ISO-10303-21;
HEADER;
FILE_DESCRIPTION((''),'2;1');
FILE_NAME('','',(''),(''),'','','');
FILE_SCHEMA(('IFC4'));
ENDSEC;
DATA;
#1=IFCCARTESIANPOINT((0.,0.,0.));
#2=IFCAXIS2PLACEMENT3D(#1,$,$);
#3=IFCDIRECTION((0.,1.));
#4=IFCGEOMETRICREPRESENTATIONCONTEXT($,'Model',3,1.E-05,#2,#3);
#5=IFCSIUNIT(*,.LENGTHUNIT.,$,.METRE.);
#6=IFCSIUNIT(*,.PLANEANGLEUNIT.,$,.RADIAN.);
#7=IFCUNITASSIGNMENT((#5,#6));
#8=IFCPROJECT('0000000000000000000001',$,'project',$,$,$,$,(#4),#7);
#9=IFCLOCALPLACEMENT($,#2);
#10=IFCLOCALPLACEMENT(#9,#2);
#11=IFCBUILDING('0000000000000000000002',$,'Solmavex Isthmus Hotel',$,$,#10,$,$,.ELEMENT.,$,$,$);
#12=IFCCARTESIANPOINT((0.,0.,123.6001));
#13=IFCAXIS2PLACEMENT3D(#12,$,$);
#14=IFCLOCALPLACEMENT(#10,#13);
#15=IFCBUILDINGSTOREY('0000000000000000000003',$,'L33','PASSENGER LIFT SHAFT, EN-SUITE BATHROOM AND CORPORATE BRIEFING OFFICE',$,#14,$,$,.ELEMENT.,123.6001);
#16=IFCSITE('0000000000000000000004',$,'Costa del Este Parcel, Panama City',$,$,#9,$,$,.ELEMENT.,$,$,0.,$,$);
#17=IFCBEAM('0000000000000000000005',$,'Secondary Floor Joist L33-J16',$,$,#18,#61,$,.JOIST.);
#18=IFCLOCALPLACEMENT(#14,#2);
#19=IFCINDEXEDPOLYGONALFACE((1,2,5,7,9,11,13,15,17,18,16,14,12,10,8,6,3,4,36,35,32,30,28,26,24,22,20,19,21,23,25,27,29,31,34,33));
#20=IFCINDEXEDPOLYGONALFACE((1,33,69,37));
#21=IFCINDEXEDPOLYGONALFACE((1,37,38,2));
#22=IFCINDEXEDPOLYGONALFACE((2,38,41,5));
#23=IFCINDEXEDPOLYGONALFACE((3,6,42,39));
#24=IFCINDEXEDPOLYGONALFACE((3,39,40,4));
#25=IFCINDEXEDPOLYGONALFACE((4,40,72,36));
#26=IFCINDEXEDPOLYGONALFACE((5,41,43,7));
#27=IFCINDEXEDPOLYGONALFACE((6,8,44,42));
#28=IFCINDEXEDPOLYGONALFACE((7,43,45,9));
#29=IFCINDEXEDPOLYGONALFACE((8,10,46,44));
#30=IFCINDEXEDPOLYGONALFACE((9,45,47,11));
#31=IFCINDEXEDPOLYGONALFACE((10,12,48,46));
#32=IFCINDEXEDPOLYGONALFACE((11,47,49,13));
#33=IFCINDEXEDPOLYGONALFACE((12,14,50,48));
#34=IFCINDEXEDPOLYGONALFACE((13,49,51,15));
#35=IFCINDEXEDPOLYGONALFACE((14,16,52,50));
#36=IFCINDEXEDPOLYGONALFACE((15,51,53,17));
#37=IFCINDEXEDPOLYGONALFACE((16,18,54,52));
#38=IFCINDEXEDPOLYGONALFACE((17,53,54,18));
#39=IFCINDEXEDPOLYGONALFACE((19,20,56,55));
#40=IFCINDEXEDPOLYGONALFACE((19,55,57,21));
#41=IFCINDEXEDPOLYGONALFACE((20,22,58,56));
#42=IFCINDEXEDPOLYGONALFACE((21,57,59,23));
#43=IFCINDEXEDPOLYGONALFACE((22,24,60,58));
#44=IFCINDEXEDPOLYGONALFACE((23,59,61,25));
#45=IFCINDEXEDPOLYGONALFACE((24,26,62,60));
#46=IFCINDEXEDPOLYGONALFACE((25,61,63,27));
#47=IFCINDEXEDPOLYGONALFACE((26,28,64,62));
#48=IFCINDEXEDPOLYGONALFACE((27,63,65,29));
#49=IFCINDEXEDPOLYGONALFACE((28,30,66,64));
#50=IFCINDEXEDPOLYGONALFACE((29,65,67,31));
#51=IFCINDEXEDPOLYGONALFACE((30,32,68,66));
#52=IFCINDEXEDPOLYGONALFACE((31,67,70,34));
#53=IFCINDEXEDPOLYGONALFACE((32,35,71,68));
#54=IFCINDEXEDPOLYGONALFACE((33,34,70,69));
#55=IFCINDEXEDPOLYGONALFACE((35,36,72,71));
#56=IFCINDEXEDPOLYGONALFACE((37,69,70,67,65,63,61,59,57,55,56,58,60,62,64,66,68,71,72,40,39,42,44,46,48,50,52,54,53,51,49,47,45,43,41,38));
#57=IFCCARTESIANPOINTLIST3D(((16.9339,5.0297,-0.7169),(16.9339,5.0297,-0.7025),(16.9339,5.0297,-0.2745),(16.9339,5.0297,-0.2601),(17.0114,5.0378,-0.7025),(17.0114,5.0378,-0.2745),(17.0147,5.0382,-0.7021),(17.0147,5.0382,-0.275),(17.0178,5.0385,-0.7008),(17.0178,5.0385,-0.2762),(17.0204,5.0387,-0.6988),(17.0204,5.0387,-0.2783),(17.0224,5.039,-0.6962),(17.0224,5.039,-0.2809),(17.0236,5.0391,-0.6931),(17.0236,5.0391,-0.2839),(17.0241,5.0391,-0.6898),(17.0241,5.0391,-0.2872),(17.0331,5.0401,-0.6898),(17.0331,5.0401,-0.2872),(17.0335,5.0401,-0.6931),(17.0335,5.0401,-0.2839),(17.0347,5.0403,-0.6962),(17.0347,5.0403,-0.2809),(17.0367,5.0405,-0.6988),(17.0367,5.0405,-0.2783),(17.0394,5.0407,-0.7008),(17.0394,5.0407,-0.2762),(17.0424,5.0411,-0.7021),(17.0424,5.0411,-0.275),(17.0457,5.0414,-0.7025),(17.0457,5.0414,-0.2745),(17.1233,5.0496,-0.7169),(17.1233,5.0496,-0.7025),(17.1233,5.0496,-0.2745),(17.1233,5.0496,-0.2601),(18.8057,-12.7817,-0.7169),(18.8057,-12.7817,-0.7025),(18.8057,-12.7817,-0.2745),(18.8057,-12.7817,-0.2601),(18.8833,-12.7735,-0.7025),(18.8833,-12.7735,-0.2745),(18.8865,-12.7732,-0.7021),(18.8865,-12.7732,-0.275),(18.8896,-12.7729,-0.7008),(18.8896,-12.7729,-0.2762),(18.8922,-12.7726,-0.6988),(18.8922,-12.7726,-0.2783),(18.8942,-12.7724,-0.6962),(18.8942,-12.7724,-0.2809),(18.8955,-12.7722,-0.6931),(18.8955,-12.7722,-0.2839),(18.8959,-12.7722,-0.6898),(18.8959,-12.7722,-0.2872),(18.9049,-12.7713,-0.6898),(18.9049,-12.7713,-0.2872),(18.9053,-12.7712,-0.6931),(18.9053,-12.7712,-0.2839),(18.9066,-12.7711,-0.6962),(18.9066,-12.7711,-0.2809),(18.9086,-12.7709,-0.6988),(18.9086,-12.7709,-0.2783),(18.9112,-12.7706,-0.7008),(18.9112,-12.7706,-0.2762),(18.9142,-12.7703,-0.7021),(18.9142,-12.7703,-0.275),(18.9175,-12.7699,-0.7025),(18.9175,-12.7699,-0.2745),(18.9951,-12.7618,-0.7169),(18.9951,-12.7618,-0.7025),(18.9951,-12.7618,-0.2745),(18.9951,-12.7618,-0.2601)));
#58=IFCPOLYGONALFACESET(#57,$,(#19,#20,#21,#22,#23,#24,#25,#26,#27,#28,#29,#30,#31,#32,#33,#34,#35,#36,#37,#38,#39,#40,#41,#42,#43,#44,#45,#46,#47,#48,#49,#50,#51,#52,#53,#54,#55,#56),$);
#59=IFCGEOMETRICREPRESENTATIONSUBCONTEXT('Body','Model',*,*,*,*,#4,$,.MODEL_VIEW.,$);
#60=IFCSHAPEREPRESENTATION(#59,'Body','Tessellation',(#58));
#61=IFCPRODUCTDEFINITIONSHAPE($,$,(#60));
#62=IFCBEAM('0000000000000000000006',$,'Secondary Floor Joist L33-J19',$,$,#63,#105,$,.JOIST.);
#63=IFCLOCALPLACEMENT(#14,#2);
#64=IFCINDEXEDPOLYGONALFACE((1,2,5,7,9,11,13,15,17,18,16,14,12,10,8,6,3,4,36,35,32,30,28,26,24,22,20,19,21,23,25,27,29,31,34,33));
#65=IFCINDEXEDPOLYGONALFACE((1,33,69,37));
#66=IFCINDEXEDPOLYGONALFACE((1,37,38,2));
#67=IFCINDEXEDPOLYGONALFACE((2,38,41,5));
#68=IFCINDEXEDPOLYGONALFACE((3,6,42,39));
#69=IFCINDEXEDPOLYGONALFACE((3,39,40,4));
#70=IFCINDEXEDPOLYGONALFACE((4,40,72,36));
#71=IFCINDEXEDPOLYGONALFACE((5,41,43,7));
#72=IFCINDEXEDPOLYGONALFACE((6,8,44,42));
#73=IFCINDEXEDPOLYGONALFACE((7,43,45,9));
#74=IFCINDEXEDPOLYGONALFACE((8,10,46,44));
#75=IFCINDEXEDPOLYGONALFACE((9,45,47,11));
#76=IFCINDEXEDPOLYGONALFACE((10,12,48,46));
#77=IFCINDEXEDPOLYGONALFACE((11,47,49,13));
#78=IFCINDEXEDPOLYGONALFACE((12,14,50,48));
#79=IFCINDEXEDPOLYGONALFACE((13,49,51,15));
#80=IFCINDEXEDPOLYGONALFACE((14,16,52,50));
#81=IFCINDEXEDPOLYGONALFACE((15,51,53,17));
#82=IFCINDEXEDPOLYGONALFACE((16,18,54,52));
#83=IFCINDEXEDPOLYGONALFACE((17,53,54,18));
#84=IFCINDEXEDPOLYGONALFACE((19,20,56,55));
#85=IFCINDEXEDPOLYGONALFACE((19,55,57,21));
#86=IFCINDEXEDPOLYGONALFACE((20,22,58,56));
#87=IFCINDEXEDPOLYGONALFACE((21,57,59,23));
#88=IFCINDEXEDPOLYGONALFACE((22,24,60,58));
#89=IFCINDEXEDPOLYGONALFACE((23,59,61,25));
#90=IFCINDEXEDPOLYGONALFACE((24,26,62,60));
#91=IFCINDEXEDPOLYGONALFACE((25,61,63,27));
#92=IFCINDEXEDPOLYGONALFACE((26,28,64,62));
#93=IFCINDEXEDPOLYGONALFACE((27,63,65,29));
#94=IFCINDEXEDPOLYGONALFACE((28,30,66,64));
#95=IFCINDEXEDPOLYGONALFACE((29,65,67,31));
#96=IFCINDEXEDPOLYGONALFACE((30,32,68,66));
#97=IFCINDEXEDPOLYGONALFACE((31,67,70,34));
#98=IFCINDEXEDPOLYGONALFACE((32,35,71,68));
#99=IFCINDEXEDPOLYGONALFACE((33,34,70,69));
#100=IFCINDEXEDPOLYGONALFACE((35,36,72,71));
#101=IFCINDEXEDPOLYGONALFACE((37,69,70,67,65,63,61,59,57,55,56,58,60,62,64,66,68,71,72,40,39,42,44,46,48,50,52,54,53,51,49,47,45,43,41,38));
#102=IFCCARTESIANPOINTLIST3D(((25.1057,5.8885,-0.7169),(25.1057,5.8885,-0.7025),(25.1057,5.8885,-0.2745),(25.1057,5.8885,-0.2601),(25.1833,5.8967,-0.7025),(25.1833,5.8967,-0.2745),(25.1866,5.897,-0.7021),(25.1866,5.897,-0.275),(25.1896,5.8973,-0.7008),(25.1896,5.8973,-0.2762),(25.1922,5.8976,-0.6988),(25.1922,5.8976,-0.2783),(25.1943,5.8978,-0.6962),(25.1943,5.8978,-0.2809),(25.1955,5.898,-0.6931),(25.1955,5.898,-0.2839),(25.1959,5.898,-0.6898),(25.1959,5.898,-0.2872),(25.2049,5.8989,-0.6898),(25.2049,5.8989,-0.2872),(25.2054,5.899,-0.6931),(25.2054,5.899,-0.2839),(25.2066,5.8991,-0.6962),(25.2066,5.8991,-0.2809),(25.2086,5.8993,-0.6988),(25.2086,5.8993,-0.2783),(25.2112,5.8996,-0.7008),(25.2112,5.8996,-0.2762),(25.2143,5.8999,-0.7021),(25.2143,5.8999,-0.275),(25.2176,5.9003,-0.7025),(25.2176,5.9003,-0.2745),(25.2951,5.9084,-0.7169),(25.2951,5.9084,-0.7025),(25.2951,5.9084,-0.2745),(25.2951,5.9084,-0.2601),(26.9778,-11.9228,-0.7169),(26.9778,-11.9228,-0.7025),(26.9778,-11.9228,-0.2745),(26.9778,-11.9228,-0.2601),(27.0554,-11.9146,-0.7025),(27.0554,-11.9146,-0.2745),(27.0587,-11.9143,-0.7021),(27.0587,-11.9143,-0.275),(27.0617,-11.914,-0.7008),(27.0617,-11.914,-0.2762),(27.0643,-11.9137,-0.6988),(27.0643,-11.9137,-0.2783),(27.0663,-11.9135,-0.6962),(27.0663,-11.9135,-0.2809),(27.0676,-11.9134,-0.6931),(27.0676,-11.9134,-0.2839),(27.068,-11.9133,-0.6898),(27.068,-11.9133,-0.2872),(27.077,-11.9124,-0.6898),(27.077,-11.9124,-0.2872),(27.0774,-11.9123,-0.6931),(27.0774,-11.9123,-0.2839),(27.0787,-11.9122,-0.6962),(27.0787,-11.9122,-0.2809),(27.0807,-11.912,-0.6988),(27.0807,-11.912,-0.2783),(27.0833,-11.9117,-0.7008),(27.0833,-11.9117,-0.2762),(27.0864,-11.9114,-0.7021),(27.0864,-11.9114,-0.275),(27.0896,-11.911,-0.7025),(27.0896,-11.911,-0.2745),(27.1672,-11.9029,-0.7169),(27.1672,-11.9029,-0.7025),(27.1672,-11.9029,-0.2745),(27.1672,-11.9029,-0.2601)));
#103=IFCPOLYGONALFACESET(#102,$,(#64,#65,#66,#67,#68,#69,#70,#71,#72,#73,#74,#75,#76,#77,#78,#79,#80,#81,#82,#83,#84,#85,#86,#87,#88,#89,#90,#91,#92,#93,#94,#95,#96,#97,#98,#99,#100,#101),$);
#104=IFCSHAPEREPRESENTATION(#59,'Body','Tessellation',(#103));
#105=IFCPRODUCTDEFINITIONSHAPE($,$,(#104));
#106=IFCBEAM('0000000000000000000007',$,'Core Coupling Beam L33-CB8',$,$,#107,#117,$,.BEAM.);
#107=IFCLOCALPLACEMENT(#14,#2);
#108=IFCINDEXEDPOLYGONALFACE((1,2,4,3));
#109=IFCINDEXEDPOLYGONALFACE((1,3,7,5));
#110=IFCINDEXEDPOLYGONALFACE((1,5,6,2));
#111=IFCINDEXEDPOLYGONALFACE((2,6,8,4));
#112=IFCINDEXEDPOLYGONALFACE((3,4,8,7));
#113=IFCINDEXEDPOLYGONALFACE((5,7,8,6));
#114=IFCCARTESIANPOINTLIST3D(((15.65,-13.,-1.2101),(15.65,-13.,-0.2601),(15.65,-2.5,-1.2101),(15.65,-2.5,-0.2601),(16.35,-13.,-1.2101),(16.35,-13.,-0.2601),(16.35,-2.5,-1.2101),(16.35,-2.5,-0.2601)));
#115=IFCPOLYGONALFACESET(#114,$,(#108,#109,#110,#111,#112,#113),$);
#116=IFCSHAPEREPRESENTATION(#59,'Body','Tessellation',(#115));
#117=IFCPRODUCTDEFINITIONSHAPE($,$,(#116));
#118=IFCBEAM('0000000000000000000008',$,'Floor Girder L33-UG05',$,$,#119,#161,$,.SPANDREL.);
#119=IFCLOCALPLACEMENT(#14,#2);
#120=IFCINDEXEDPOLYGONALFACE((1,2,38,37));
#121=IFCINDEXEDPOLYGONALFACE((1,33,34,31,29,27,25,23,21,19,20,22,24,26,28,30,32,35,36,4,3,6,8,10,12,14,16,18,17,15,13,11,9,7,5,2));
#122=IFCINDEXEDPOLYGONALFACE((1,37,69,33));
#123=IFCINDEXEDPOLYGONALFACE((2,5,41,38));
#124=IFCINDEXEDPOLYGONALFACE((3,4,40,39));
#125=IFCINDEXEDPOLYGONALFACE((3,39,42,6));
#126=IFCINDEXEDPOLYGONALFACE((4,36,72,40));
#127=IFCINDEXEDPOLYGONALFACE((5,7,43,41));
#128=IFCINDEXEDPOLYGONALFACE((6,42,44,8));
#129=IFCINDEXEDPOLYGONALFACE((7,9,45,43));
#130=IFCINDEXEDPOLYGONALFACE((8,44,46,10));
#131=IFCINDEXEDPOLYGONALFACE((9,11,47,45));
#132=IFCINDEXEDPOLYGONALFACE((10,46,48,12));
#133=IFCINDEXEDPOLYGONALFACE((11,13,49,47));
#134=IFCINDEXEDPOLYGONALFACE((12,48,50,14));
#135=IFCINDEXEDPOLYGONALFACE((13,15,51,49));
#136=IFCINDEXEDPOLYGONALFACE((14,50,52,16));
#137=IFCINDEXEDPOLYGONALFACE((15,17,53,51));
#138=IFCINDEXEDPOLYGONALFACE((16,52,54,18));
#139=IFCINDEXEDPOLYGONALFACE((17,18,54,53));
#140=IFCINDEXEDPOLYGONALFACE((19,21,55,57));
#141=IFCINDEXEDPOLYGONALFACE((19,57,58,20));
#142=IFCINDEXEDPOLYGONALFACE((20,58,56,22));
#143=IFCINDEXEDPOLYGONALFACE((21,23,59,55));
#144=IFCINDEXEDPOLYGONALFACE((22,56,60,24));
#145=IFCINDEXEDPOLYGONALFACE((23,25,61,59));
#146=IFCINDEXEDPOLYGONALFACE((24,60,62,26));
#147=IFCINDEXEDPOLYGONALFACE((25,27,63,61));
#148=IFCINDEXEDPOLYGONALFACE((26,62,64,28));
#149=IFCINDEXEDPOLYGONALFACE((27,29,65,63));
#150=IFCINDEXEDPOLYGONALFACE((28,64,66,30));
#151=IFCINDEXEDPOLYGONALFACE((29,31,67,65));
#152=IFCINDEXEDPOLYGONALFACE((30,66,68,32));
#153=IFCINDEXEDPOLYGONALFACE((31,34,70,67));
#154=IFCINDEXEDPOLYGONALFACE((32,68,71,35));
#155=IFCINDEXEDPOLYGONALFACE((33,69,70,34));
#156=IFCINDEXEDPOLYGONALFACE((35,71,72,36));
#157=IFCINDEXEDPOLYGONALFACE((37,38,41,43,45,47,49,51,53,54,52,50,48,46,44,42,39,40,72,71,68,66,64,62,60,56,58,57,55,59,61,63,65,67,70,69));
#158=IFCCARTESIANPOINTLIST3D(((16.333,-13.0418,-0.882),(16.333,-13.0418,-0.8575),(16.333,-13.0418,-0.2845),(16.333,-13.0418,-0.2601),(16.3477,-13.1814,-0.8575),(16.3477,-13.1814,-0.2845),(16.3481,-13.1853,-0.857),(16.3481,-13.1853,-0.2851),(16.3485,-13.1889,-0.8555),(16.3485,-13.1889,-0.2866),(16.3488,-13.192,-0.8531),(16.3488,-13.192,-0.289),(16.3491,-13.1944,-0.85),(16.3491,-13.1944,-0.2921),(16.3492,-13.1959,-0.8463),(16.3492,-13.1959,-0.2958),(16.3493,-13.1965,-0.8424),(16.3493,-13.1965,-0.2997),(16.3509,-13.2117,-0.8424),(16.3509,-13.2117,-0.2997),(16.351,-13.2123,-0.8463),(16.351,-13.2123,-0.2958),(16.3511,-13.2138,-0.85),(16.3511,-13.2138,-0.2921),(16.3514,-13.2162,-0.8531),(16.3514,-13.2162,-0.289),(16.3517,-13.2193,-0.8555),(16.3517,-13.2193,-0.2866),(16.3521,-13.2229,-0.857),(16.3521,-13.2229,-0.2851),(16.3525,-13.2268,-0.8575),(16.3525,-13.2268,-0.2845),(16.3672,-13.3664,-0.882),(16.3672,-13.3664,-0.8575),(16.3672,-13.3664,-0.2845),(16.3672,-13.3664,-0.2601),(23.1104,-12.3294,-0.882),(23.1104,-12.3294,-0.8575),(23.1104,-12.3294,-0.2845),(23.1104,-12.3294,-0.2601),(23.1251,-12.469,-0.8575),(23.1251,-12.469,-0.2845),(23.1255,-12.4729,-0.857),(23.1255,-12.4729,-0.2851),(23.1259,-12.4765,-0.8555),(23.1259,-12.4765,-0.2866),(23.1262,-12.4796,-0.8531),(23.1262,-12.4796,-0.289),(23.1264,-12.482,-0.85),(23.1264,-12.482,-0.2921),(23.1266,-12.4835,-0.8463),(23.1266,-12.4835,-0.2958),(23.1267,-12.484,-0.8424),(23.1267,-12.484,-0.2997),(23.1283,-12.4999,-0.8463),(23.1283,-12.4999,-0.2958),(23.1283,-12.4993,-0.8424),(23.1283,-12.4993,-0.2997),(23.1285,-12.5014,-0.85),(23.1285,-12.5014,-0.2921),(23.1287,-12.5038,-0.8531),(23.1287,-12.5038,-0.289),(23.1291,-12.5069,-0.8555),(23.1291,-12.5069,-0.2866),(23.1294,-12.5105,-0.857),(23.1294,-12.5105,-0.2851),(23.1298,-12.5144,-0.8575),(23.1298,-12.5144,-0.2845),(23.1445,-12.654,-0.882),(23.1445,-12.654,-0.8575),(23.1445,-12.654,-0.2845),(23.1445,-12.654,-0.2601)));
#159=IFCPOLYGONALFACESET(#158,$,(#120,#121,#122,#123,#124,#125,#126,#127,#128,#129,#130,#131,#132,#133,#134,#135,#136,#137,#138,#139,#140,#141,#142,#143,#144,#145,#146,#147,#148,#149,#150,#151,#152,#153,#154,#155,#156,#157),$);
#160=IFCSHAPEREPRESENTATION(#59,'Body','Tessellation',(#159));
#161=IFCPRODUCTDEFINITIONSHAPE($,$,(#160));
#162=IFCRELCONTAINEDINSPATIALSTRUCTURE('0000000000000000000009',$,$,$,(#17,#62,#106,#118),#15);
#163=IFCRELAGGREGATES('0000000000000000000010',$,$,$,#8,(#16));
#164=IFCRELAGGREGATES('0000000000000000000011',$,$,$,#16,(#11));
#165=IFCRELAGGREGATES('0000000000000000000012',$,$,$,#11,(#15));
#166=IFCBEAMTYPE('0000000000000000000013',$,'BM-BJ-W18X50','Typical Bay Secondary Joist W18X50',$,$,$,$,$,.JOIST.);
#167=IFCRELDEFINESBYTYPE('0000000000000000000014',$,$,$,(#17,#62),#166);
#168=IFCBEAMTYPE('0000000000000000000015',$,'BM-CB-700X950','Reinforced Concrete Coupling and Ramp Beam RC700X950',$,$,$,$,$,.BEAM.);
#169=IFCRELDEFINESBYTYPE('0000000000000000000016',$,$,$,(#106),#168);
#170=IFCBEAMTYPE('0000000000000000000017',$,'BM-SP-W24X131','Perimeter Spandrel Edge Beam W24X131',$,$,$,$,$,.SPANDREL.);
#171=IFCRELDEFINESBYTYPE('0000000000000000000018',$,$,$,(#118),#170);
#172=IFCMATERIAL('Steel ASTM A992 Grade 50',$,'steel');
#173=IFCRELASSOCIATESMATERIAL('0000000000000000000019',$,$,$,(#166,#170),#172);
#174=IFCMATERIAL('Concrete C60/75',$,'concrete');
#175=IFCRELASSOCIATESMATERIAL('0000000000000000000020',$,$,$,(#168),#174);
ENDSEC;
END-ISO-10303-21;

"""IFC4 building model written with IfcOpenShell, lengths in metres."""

from ifc_helpers import new_model, si_unit, direction, frame, origin, origin_2d, place, context, subcontext, project, spatial, rectangle, i_section, extrude, material, material_profile, profile_set, type_object, element, save


model = new_model("IFC4")

# Units and contexts
model_context = context("Model", 3, precision=1e-05, world=origin(), true_north=direction((0.0, 1.0)))
body_context = subcontext(model_context, "Body", "Model", "MODEL_VIEW")
ifc_project = project(units=[si_unit("LENGTHUNIT", "METRE"), si_unit("PLANEANGLEUNIT", "RADIAN")], contexts=[model_context])

# Site, building, storey
site_placement = place(None, origin())
site = spatial("IfcSite", under=ifc_project, at=site_placement, Name="Costa del Este Parcel, Panama City", CompositionType="ELEMENT", RefElevation=0.0)
building_placement = place(site_placement, origin())
building = spatial("IfcBuilding", under=site, at=building_placement, Name="Solmavex Isthmus Hotel", CompositionType="ELEMENT")
storey_placement = place(building_placement, frame((0.0, 0.0, 123.6001)))
storey = spatial("IfcBuildingStorey", under=building, at=storey_placement, Name="L33", Description="PASSENGER LIFT SHAFT, EN-SUITE BATHROOM AND CORPORATE BRIEFING OFFICE", CompositionType="ELEMENT", Elevation=123.6001)

# Shared definitions
ifc_material_1 = material(Name="Concrete C60/75", Category="concrete")

# Beams
ifc_material_2 = material(Name="Steel ASTM A992 Grade 50", Category="steel")
ifc_material_profile_1 = material_profile(ifc_material_2, i_section(OverallWidth=0.1904, OverallDepth=0.4568, WebThickness=0.009, FlangeThickness=0.0144, FilletRadius=0.0127, at=origin_2d()), Name="W18X50")
ifc_profile_set_1 = profile_set([ifc_material_profile_1], Name="Steel ASTM A992 Grade 50")
beam_type_1 = type_object("IfcBeamType", Name="BM-BJ-W18X50", Description="Typical Bay Secondary Joist W18X50", PredefinedType="JOIST", material=ifc_profile_set_1)
for number, where, z_axis, x_axis, name in (
    (1, (18.9004, -12.7717, -0.4885), (-0.104517, 0.994523, 0.0), (-0.994523, -0.104517, 0.0), "Secondary Floor Joist L33-J16"),
    (2, (27.0725, -11.9128, -0.4885), (-0.10453, 0.994522, 0.0), (-0.994522, -0.10453, 0.0), "Secondary Floor Joist L33-J19"),
):
    element("IfcBeam", number, at=place(storey_placement, frame(where, z_axis=z_axis, x_axis=x_axis)), inside=storey, type_object=beam_type_1, Name=name, PredefinedType="JOIST", context=body_context, shape_type="SweptSolid", body=[
        extrude(i_section(OverallWidth=0.1904, OverallDepth=0.4568, WebThickness=0.009, FlangeThickness=0.0144, FilletRadius=0.0127, at=origin_2d()), origin(), (0.0, 0.0, 1.0), 17.9094),
    ])
ifc_material_profile_2 = material_profile(ifc_material_1, rectangle(XDim=0.7, YDim=0.95, at=origin_2d()), Name="RC700X950")
ifc_profile_set_2 = profile_set([ifc_material_profile_2], Name="Concrete C60/75")
beam_type_2 = type_object("IfcBeamType", Name="BM-CB-700X950", Description="Reinforced Concrete Coupling and Ramp Beam RC700X950", PredefinedType="BEAM", material=ifc_profile_set_2)
beam_1_placement = place(storey_placement, frame((16.0, -13.0, -0.7351), z_axis=(0.0, 1.0, 0.0), x_axis=(-1.0, 0.0, 0.0)))
element("IfcBeam", 3, at=beam_1_placement, inside=storey, type_object=beam_type_2, Name="Core Coupling Beam L33-CB8", PredefinedType="BEAM", context=body_context, shape_type="SweptSolid", body=[
    extrude(rectangle(XDim=0.7, YDim=0.95, at=origin_2d()), origin(), (0.0, 0.0, 1.0), 10.5),
])
ifc_material_profile_3 = material_profile(ifc_material_2, i_section(OverallWidth=0.3264, OverallDepth=0.6218, WebThickness=0.0154, FlangeThickness=0.0244, FilletRadius=0.0151, at=origin_2d()), Name="W24X131")
ifc_profile_set_3 = profile_set([ifc_material_profile_3], Name="Steel ASTM A992 Grade 50")
beam_type_3 = type_object("IfcBeamType", Name="BM-SP-W24X131", Description="Perimeter Spandrel Edge Beam W24X131", PredefinedType="SPANDREL", material=ifc_profile_set_3)
beam_2_placement = place(storey_placement, frame((16.3501, -13.2041, -0.571), z_axis=(0.994521, 0.104539, 0.0), x_axis=(-0.104539, 0.994521, 0.0)))
element("IfcBeam", 4, at=beam_2_placement, inside=storey, type_object=beam_type_3, Name="Floor Girder L33-UG05", PredefinedType="SPANDREL", context=body_context, shape_type="SweptSolid", body=[
    extrude(i_section(OverallWidth=0.3264, OverallDepth=0.6218, WebThickness=0.0154, FlangeThickness=0.0244, FilletRadius=0.0151, at=origin_2d()), origin(), (0.0, 0.0, 1.0), 6.8147),
])

save(model, "model.ifc")
